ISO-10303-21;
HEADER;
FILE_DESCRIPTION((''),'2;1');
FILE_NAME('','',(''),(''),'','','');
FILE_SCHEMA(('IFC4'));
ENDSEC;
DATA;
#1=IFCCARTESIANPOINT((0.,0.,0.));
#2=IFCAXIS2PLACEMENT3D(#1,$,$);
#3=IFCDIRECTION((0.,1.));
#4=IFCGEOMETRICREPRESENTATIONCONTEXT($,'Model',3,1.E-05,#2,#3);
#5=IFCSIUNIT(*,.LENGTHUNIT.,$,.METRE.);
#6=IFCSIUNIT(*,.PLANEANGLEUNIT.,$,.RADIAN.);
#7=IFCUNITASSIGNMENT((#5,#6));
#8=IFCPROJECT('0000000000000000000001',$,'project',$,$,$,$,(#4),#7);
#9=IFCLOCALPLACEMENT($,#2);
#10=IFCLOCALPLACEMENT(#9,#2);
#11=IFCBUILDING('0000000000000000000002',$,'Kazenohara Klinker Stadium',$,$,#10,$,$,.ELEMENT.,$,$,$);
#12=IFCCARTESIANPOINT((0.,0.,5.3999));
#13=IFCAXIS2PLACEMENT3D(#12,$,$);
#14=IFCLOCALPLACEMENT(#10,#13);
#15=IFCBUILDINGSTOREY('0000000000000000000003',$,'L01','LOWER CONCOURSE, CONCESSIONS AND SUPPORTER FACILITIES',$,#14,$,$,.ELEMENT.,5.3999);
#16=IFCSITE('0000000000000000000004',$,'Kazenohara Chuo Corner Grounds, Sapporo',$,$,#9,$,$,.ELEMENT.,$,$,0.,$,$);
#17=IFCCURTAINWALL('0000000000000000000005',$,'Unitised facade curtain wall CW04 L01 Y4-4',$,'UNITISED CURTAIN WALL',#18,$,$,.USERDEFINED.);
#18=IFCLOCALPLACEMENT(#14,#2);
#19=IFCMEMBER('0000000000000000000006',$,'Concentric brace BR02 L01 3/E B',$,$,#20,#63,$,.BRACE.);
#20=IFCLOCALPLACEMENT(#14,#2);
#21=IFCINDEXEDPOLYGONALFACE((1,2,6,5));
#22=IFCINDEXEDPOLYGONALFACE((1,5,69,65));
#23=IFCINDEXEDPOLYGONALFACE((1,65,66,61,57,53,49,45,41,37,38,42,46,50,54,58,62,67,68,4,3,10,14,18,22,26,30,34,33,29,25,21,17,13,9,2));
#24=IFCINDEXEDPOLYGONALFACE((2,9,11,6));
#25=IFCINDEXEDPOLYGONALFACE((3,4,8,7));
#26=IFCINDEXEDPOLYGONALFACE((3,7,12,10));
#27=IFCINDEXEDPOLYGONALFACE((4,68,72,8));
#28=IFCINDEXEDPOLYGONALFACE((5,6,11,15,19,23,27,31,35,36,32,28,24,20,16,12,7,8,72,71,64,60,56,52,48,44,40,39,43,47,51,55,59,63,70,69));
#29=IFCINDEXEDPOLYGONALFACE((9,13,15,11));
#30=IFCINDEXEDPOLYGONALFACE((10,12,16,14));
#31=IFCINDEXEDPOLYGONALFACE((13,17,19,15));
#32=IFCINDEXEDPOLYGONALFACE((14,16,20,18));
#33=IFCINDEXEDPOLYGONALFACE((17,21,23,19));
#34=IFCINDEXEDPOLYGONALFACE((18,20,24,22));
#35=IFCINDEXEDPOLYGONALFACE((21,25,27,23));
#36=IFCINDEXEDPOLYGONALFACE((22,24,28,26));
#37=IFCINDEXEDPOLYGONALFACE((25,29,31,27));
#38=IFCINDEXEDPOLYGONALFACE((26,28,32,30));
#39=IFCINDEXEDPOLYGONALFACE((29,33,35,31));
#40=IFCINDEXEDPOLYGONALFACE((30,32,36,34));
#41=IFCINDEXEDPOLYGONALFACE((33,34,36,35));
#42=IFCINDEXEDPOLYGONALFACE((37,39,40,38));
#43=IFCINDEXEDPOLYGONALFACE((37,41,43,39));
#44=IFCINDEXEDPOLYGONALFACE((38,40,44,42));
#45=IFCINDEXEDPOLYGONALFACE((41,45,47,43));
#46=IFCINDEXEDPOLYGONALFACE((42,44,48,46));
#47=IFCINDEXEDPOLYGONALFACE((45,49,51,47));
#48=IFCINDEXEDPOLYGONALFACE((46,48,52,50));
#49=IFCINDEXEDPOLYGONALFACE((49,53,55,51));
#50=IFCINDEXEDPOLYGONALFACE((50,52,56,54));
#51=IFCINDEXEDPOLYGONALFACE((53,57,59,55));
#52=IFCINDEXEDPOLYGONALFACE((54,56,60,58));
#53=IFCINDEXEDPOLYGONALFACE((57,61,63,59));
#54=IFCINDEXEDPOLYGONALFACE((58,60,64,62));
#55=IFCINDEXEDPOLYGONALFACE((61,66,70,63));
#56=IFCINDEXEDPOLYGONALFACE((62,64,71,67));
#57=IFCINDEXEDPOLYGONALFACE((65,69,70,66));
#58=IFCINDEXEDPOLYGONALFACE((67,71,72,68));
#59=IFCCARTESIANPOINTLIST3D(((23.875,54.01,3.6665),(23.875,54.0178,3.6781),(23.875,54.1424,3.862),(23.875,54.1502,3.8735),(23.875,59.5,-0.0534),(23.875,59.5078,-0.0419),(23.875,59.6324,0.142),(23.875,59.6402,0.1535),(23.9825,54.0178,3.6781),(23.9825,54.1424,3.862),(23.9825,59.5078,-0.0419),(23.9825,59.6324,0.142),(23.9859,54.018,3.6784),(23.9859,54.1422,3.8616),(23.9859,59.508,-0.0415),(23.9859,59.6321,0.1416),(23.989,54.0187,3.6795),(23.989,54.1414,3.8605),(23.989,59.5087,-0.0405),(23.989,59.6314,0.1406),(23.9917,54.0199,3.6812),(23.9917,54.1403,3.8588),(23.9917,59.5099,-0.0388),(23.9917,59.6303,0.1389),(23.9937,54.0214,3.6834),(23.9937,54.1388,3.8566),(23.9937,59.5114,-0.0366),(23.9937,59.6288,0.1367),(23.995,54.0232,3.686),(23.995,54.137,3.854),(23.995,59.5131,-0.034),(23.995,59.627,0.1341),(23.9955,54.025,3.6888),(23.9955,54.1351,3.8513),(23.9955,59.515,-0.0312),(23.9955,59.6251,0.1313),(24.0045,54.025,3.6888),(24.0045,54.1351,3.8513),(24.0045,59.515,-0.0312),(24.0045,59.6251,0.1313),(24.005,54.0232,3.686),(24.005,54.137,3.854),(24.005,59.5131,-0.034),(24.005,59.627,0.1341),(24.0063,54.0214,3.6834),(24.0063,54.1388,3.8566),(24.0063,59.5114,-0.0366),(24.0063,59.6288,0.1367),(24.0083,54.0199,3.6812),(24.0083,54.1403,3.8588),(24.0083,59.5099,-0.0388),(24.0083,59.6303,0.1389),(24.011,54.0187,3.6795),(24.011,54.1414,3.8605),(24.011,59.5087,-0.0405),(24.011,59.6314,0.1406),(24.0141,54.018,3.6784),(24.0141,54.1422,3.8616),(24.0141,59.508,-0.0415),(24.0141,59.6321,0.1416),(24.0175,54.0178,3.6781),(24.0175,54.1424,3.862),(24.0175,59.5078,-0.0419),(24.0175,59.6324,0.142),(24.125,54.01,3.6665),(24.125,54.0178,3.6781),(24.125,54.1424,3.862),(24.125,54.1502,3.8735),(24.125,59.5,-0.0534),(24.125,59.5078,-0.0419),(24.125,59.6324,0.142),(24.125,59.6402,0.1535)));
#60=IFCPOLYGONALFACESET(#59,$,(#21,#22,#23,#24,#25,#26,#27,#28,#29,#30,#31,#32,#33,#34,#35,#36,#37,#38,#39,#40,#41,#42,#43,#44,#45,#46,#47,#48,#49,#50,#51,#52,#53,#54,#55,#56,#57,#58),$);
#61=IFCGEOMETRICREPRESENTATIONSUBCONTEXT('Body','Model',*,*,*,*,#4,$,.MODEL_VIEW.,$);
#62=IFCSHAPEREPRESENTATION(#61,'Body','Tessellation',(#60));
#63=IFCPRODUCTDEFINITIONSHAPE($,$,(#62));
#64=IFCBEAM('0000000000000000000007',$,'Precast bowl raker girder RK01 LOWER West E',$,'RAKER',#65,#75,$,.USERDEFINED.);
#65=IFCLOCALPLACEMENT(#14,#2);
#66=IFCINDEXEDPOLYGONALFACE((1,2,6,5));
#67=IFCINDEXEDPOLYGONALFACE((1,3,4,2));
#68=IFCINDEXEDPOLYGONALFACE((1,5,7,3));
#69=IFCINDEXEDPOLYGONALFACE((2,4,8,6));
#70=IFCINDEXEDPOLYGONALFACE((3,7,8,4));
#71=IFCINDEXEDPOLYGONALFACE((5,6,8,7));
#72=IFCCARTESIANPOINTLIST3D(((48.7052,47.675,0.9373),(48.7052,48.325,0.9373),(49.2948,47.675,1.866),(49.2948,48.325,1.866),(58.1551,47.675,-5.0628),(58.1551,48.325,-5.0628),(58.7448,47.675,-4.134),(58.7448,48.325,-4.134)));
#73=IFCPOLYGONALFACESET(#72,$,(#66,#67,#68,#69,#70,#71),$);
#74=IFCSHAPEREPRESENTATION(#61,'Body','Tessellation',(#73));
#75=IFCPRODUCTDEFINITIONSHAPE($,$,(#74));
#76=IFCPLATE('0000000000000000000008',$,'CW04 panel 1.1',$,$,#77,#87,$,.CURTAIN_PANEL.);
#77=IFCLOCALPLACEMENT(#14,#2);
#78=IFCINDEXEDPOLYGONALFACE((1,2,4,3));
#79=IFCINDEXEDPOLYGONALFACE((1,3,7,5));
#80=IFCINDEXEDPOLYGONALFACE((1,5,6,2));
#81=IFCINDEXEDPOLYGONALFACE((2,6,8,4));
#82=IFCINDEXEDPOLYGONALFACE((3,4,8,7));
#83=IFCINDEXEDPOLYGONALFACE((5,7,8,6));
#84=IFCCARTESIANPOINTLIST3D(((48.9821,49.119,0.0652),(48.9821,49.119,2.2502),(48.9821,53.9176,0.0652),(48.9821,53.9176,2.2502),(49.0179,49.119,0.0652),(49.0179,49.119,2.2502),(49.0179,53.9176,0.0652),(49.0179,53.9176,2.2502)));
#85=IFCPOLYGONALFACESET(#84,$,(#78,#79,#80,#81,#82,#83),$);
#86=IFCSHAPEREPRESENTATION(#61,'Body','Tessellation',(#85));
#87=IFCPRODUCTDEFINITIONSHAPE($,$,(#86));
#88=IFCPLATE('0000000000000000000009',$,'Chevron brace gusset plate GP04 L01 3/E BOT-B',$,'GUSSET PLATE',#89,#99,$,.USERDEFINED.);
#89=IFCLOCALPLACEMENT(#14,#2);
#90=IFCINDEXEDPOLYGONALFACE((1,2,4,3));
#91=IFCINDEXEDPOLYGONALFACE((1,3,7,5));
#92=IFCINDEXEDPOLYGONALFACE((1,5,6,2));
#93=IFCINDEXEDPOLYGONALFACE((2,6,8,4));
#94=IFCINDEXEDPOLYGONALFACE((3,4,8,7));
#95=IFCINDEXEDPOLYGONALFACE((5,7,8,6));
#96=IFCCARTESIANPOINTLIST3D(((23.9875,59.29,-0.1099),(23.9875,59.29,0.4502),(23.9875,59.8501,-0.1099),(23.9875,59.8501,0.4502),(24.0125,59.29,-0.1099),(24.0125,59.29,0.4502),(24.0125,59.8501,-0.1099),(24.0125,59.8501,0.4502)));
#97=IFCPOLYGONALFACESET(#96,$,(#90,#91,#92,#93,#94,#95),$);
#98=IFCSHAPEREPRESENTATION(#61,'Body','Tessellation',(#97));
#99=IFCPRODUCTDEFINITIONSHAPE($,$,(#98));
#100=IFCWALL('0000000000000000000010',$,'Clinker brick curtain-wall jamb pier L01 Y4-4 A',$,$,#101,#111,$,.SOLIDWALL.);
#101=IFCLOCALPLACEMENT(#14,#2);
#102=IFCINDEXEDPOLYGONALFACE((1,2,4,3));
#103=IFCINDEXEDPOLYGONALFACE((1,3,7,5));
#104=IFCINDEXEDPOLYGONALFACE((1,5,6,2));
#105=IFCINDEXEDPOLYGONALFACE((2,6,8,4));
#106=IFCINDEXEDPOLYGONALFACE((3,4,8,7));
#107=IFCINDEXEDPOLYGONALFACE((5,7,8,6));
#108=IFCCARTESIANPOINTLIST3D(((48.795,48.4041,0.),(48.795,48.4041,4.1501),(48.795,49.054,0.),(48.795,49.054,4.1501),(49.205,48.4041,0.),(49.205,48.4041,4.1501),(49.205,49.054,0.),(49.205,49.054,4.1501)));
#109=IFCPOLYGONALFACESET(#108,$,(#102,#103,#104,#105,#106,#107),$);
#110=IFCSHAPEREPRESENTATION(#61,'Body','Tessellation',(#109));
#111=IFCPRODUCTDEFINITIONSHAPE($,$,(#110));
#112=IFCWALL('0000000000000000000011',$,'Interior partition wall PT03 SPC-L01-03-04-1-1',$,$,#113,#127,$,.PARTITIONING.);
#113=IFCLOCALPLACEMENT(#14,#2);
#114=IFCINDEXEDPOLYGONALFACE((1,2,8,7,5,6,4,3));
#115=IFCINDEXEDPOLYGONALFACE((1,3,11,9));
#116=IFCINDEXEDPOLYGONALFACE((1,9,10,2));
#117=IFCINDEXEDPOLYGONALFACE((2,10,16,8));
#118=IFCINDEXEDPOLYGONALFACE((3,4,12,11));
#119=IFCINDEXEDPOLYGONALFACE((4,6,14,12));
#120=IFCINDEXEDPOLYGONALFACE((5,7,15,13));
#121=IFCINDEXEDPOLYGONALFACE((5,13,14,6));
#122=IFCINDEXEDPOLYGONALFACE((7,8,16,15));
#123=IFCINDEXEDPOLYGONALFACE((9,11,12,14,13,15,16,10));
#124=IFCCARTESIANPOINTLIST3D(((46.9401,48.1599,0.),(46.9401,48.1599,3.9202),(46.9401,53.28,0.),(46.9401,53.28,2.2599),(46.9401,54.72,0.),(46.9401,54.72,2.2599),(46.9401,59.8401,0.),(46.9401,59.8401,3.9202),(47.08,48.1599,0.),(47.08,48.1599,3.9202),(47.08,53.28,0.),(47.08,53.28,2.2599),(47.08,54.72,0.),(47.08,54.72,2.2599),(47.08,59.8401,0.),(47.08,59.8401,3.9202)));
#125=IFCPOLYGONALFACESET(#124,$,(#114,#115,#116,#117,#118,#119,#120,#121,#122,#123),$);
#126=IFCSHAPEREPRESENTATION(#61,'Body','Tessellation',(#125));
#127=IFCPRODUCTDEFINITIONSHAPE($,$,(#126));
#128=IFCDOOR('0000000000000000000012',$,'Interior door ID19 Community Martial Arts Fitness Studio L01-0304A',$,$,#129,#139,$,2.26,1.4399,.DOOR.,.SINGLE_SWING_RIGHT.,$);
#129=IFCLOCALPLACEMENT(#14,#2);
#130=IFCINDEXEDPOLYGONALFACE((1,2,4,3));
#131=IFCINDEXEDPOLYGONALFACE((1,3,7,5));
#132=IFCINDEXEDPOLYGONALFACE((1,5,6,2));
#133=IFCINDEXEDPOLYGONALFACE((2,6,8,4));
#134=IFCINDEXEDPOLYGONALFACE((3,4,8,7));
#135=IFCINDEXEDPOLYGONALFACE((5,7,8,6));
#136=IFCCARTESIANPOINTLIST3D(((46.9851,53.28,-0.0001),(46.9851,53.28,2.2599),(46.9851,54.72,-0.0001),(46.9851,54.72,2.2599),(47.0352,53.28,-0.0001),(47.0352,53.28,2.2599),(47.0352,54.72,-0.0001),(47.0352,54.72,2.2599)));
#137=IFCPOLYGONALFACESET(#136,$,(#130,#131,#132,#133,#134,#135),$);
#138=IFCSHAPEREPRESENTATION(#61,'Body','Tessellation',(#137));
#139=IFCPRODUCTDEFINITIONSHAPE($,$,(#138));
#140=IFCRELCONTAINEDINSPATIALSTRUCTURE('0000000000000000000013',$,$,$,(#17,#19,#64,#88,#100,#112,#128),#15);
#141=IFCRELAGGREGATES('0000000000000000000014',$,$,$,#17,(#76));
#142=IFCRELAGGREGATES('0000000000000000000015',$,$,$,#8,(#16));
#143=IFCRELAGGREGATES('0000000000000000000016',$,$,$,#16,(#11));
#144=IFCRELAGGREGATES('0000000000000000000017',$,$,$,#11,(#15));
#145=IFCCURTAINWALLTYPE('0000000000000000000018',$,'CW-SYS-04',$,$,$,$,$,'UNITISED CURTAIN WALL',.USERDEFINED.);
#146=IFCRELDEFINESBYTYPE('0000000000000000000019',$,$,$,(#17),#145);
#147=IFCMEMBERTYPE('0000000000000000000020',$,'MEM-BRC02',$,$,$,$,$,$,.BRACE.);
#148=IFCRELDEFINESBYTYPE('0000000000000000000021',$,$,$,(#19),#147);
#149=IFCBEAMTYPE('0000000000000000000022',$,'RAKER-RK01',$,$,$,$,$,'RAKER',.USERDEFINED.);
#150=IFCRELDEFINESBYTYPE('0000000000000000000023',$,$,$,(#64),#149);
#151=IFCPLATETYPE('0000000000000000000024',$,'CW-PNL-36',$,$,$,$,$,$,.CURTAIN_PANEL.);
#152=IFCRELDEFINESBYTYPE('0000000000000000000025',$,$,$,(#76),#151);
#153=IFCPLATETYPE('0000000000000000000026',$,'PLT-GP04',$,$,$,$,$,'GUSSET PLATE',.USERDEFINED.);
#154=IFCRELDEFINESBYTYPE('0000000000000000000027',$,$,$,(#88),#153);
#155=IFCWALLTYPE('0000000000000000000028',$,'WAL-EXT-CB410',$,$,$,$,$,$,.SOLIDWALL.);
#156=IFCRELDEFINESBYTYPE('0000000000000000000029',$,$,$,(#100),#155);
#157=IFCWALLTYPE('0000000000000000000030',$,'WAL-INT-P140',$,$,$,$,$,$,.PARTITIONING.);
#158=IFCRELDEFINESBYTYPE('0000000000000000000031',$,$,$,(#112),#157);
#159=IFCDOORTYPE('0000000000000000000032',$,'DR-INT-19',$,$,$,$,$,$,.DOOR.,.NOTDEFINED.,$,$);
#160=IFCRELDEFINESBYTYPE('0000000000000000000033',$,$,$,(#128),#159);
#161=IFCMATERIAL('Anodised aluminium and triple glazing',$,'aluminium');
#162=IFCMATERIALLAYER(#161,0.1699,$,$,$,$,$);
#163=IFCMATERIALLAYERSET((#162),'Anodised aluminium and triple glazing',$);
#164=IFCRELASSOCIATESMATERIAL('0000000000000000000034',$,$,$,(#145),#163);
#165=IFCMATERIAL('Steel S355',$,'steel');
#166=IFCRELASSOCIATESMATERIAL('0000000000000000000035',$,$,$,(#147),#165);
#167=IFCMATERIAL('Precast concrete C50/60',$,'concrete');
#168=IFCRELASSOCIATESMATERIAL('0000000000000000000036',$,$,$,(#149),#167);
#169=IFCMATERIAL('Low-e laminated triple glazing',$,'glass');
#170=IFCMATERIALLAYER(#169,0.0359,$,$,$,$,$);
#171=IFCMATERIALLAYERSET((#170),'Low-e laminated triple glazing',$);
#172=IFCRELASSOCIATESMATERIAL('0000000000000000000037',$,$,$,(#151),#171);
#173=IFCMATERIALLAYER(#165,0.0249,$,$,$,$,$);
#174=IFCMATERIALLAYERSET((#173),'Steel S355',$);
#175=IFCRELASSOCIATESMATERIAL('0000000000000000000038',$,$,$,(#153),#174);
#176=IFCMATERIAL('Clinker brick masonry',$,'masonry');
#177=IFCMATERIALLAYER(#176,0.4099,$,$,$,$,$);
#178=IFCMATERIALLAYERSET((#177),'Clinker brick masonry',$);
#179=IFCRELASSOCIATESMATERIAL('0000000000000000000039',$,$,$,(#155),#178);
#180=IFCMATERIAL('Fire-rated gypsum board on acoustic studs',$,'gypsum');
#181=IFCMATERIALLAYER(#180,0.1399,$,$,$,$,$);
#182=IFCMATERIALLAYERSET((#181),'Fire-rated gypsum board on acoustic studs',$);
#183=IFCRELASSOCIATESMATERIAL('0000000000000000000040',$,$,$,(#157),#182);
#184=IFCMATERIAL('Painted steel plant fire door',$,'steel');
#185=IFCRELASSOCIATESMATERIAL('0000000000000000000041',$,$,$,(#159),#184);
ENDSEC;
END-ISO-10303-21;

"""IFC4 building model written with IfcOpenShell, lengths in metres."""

from ifc_helpers import new_model, si_unit, direction, frame, frame_2d, origin, origin_2d, place, context, subcontext, project, spatial, rectangle, i_section, extrude, material, layer, layer_set, material_profile, profile_set, type_object, element, fill, aggregate, save


model = new_model("IFC4")

# Units and contexts
model_context = context("Model", 3, precision=1e-05, world=origin(), true_north=direction((0.0, 1.0)))
body_context = subcontext(model_context, "Body", "Model", "MODEL_VIEW")
ifc_project = project(units=[si_unit("LENGTHUNIT", "METRE"), si_unit("PLANEANGLEUNIT", "RADIAN")], contexts=[model_context])

# Site, building, storey
site_placement = place(None, origin())
site = spatial("IfcSite", under=ifc_project, at=site_placement, Name="Kazenohara Chuo Corner Grounds, Sapporo", CompositionType="ELEMENT", RefElevation=0.0)
building_placement = place(site_placement, origin())
building = spatial("IfcBuilding", under=site, at=building_placement, Name="Kazenohara Klinker Stadium", CompositionType="ELEMENT")
storey_placement = place(building_placement, frame((0.0, 0.0, 5.3999)))
storey = spatial("IfcBuildingStorey", under=building, at=storey_placement, Name="L01", Description="LOWER CONCOURSE, CONCESSIONS AND SUPPORTER FACILITIES", CompositionType="ELEMENT", Elevation=5.3999)

# Shared definitions
ifc_material_1 = material(Name="Steel S355", Category="steel")

# Curtain wall
ifc_material_2 = material(Name="Anodised aluminium and triple glazing", Category="aluminium")
ifc_layer_1 = layer(ifc_material_2, 0.1699)
ifc_layer_set_1 = layer_set([ifc_layer_1], Name="Anodised aluminium and triple glazing")
curtain_wall_type = type_object("IfcCurtainWallType", Name="CW-SYS-04", ElementType="UNITISED CURTAIN WALL", PredefinedType="USERDEFINED", material=ifc_layer_set_1)
curtain_wall_placement = place(storey_placement, origin())
curtain_wall = element("IfcCurtainWall", 1, at=curtain_wall_placement, inside=storey, type_object=curtain_wall_type, Name="Unitised facade curtain wall CW04 L01 Y4-4", ObjectType="UNITISED CURTAIN WALL", PredefinedType="USERDEFINED")

# Member
ifc_material_profile_1 = material_profile(ifc_material_1, i_section(OverallWidth=0.25, OverallDepth=0.25, WebThickness=0.009, FlangeThickness=0.0139, FilletRadius=0.0129, at=origin_2d()), Name="H-250x250x9x14")
ifc_profile_set_1 = profile_set([ifc_material_profile_1], Name="Steel S355")
member_type_1 = type_object("IfcMemberType", Name="MEM-BRC02", PredefinedType="BRACE", material=ifc_profile_set_1)
member_1_placement = place(storey_placement, frame((24.0, 59.5701, 0.05), z_axis=(0.0, -0.827853, 0.560946), x_axis=(1.0, 0.0, 0.0)))
element("IfcMember", 2, at=member_1_placement, inside=storey, type_object=member_type_1, Name="Concentric brace BR02 L01 3/E B", PredefinedType="BRACE", context=body_context, shape_type="SweptSolid", body=[
    extrude(i_section(OverallWidth=0.25, OverallDepth=0.25, WebThickness=0.009, FlangeThickness=0.0139, FilletRadius=0.0129, at=origin_2d()), origin(), (0.0, 0.0, 1.0), 6.6316),
])

# Beam
ifc_material_3 = material(Name="Precast concrete C50/60", Category="concrete")
ifc_material_profile_2 = material_profile(ifc_material_3, rectangle(XDim=0.6499, YDim=1.1001, at=origin_2d()), Name="PC-RAKER-650x1100")
ifc_profile_set_2 = profile_set([ifc_material_profile_2], Name="Precast concrete C50/60")
beam_type_1 = type_object("IfcBeamType", Name="RAKER-RK01", ElementType="RAKER", PredefinedType="USERDEFINED", material=ifc_profile_set_2)
beam_1_placement = place(storey_placement, frame((49.0, 48.0, 1.4016), z_axis=(0.844212, 0.0, -0.53601), x_axis=(0.0, 1.0, 0.0)))
element("IfcBeam", 3, at=beam_1_placement, inside=storey, type_object=beam_type_1, Name="Precast bowl raker girder RK01 LOWER West E", ObjectType="RAKER", PredefinedType="USERDEFINED", context=body_context, shape_type="SweptSolid", body=[
    extrude(rectangle(XDim=0.6499, YDim=1.1001, at=origin_2d()), origin(), (0.0, 0.0, 1.0), 11.1938),
])

# Plates
ifc_material_4 = material(Name="Low-e laminated triple glazing", Category="glass")
ifc_layer_2 = layer(ifc_material_4, 0.0359)
ifc_layer_set_2 = layer_set([ifc_layer_2], Name="Low-e laminated triple glazing")
plate_type_1 = type_object("IfcPlateType", Name="CW-PNL-36", PredefinedType="CURTAIN_PANEL", material=ifc_layer_set_2)
plate_1_placement = place(storey_placement, frame((49.0, 51.5183, 0.0652), z_axis=(0.0, 0.0, 1.0), x_axis=(0.0, 1.0, 0.0)))
plate_1 = element("IfcPlate", 4, at=plate_1_placement, type_object=plate_type_1, Name="CW04 panel 1.1", PredefinedType="CURTAIN_PANEL", context=body_context, shape_type="SweptSolid", body=[
    extrude(rectangle(XDim=4.7986, YDim=0.0359, at=origin_2d()), origin(), (0.0, 0.0, 1.0), 2.1851),
])
aggregate(curtain_wall, [plate_1])
ifc_layer_3 = layer(ifc_material_1, 0.0249)
ifc_layer_set_3 = layer_set([ifc_layer_3], Name="Steel S355")
plate_type_2 = type_object("IfcPlateType", Name="PLT-GP04", ElementType="GUSSET PLATE", PredefinedType="USERDEFINED", material=ifc_layer_set_3)
plate_2_placement = place(storey_placement, frame((24.0, 59.5701, -0.1099), z_axis=(0.0, 0.0, 1.0), x_axis=(1.0, 0.0, 0.0)))
element("IfcPlate", 5, at=plate_2_placement, inside=storey, type_object=plate_type_2, Name="Chevron brace gusset plate GP04 L01 3/E BOT-B", ObjectType="GUSSET PLATE", PredefinedType="USERDEFINED", context=body_context, shape_type="SweptSolid", body=[
    extrude(rectangle(XDim=0.0249, YDim=0.5601, at=origin_2d()), origin(), (0.0, 0.0, 1.0), 0.5601),
])

# Wall
ifc_material_5 = material(Name="Clinker brick masonry", Category="masonry")
ifc_layer_4 = layer(ifc_material_5, 0.4099)
ifc_layer_set_4 = layer_set([ifc_layer_4], Name="Clinker brick masonry")
wall_type_1 = type_object("IfcWallType", Name="WAL-EXT-CB410", PredefinedType="SOLIDWALL", material=ifc_layer_set_4)
wall_1_placement = place(storey_placement, frame((49.0, 48.4041, 0.0), z_axis=(0.0, 0.0, 1.0), x_axis=(0.0, 1.0, 0.0)))
element("IfcWall", 6, at=wall_1_placement, inside=storey, type_object=wall_type_1, Name="Clinker brick curtain-wall jamb pier L01 Y4-4 A", PredefinedType="SOLIDWALL", context=body_context, shape_type="SweptSolid", body=[
    extrude(rectangle(XDim=0.6499, YDim=0.4099, at=frame_2d((0.325, 0.0))), origin(), (0.0, 0.0, 1.0), 4.1501),
])

# Wall, opening, door
ifc_material_6 = material(Name="Fire-rated gypsum board on acoustic studs", Category="gypsum")
ifc_layer_5 = layer(ifc_material_6, 0.1399)
ifc_layer_set_5 = layer_set([ifc_layer_5], Name="Fire-rated gypsum board on acoustic studs")
wall_type_2 = type_object("IfcWallType", Name="WAL-INT-P140", PredefinedType="PARTITIONING", material=ifc_layer_set_5)
wall_2_placement = place(storey_placement, frame((47.01, 48.1599, 0.0), z_axis=(0.0, 0.0, 1.0), x_axis=(0.0, 1.0, 0.0)))
wall_2 = element("IfcWall", 7, at=wall_2_placement, inside=storey, type_object=wall_type_2, Name="Interior partition wall PT03 SPC-L01-03-04-1-1", PredefinedType="PARTITIONING", context=body_context, shape_type="SweptSolid", body=[
    extrude(rectangle(XDim=11.6802, YDim=0.1399, at=frame_2d((5.8401, 0.0))), origin(), (0.0, 0.0, 1.0), 3.9202),
])
opening_1_placement = place(wall_2_placement, frame((5.1201, 0.0, 0.0)))
opening_1 = element("IfcOpeningElement", 8, at=opening_1_placement, cuts=wall_2, PredefinedType="OPENING", context=body_context, shape_type="SweptSolid", body=[
    extrude(rectangle(XDim=1.4399, YDim=2.26, at=frame_2d((0.72, 1.1299))), frame((0.0, 0.0801, 0.0), z_axis=(0.0, -1.0, 0.0), x_axis=(1.0, 0.0, 0.0)), (0.0, 0.0, 1.0), 0.1599),
])
ifc_material_7 = material(Name="Painted steel plant fire door", Category="steel")
door_type_1 = type_object("IfcDoorType", Name="DR-INT-19", OperationType="NOTDEFINED", PredefinedType="DOOR", material=ifc_material_7)
door_1_placement = place(opening_1_placement, origin())
door_1 = element("IfcDoor", 9, at=door_1_placement, inside=storey, type_object=door_type_1, Name="Interior door ID19 Community Martial Arts Fitness Studio L01-0304A", OperationType="SINGLE_SWING_RIGHT", OverallHeight=2.26, OverallWidth=1.4399, PredefinedType="DOOR", context=body_context, shape_type="SweptSolid", body=[
    extrude(rectangle(XDim=1.4399, YDim=2.26, at=frame_2d((0.72, 1.1299))), frame((0.0, 0.0249, 0.0), z_axis=(0.0, -1.0, 0.0), x_axis=(1.0, 0.0, 0.0)), (0.0, 0.0, 1.0), 0.05),
])
fill(opening_1, door_1)

save(model, "model.ifc")
